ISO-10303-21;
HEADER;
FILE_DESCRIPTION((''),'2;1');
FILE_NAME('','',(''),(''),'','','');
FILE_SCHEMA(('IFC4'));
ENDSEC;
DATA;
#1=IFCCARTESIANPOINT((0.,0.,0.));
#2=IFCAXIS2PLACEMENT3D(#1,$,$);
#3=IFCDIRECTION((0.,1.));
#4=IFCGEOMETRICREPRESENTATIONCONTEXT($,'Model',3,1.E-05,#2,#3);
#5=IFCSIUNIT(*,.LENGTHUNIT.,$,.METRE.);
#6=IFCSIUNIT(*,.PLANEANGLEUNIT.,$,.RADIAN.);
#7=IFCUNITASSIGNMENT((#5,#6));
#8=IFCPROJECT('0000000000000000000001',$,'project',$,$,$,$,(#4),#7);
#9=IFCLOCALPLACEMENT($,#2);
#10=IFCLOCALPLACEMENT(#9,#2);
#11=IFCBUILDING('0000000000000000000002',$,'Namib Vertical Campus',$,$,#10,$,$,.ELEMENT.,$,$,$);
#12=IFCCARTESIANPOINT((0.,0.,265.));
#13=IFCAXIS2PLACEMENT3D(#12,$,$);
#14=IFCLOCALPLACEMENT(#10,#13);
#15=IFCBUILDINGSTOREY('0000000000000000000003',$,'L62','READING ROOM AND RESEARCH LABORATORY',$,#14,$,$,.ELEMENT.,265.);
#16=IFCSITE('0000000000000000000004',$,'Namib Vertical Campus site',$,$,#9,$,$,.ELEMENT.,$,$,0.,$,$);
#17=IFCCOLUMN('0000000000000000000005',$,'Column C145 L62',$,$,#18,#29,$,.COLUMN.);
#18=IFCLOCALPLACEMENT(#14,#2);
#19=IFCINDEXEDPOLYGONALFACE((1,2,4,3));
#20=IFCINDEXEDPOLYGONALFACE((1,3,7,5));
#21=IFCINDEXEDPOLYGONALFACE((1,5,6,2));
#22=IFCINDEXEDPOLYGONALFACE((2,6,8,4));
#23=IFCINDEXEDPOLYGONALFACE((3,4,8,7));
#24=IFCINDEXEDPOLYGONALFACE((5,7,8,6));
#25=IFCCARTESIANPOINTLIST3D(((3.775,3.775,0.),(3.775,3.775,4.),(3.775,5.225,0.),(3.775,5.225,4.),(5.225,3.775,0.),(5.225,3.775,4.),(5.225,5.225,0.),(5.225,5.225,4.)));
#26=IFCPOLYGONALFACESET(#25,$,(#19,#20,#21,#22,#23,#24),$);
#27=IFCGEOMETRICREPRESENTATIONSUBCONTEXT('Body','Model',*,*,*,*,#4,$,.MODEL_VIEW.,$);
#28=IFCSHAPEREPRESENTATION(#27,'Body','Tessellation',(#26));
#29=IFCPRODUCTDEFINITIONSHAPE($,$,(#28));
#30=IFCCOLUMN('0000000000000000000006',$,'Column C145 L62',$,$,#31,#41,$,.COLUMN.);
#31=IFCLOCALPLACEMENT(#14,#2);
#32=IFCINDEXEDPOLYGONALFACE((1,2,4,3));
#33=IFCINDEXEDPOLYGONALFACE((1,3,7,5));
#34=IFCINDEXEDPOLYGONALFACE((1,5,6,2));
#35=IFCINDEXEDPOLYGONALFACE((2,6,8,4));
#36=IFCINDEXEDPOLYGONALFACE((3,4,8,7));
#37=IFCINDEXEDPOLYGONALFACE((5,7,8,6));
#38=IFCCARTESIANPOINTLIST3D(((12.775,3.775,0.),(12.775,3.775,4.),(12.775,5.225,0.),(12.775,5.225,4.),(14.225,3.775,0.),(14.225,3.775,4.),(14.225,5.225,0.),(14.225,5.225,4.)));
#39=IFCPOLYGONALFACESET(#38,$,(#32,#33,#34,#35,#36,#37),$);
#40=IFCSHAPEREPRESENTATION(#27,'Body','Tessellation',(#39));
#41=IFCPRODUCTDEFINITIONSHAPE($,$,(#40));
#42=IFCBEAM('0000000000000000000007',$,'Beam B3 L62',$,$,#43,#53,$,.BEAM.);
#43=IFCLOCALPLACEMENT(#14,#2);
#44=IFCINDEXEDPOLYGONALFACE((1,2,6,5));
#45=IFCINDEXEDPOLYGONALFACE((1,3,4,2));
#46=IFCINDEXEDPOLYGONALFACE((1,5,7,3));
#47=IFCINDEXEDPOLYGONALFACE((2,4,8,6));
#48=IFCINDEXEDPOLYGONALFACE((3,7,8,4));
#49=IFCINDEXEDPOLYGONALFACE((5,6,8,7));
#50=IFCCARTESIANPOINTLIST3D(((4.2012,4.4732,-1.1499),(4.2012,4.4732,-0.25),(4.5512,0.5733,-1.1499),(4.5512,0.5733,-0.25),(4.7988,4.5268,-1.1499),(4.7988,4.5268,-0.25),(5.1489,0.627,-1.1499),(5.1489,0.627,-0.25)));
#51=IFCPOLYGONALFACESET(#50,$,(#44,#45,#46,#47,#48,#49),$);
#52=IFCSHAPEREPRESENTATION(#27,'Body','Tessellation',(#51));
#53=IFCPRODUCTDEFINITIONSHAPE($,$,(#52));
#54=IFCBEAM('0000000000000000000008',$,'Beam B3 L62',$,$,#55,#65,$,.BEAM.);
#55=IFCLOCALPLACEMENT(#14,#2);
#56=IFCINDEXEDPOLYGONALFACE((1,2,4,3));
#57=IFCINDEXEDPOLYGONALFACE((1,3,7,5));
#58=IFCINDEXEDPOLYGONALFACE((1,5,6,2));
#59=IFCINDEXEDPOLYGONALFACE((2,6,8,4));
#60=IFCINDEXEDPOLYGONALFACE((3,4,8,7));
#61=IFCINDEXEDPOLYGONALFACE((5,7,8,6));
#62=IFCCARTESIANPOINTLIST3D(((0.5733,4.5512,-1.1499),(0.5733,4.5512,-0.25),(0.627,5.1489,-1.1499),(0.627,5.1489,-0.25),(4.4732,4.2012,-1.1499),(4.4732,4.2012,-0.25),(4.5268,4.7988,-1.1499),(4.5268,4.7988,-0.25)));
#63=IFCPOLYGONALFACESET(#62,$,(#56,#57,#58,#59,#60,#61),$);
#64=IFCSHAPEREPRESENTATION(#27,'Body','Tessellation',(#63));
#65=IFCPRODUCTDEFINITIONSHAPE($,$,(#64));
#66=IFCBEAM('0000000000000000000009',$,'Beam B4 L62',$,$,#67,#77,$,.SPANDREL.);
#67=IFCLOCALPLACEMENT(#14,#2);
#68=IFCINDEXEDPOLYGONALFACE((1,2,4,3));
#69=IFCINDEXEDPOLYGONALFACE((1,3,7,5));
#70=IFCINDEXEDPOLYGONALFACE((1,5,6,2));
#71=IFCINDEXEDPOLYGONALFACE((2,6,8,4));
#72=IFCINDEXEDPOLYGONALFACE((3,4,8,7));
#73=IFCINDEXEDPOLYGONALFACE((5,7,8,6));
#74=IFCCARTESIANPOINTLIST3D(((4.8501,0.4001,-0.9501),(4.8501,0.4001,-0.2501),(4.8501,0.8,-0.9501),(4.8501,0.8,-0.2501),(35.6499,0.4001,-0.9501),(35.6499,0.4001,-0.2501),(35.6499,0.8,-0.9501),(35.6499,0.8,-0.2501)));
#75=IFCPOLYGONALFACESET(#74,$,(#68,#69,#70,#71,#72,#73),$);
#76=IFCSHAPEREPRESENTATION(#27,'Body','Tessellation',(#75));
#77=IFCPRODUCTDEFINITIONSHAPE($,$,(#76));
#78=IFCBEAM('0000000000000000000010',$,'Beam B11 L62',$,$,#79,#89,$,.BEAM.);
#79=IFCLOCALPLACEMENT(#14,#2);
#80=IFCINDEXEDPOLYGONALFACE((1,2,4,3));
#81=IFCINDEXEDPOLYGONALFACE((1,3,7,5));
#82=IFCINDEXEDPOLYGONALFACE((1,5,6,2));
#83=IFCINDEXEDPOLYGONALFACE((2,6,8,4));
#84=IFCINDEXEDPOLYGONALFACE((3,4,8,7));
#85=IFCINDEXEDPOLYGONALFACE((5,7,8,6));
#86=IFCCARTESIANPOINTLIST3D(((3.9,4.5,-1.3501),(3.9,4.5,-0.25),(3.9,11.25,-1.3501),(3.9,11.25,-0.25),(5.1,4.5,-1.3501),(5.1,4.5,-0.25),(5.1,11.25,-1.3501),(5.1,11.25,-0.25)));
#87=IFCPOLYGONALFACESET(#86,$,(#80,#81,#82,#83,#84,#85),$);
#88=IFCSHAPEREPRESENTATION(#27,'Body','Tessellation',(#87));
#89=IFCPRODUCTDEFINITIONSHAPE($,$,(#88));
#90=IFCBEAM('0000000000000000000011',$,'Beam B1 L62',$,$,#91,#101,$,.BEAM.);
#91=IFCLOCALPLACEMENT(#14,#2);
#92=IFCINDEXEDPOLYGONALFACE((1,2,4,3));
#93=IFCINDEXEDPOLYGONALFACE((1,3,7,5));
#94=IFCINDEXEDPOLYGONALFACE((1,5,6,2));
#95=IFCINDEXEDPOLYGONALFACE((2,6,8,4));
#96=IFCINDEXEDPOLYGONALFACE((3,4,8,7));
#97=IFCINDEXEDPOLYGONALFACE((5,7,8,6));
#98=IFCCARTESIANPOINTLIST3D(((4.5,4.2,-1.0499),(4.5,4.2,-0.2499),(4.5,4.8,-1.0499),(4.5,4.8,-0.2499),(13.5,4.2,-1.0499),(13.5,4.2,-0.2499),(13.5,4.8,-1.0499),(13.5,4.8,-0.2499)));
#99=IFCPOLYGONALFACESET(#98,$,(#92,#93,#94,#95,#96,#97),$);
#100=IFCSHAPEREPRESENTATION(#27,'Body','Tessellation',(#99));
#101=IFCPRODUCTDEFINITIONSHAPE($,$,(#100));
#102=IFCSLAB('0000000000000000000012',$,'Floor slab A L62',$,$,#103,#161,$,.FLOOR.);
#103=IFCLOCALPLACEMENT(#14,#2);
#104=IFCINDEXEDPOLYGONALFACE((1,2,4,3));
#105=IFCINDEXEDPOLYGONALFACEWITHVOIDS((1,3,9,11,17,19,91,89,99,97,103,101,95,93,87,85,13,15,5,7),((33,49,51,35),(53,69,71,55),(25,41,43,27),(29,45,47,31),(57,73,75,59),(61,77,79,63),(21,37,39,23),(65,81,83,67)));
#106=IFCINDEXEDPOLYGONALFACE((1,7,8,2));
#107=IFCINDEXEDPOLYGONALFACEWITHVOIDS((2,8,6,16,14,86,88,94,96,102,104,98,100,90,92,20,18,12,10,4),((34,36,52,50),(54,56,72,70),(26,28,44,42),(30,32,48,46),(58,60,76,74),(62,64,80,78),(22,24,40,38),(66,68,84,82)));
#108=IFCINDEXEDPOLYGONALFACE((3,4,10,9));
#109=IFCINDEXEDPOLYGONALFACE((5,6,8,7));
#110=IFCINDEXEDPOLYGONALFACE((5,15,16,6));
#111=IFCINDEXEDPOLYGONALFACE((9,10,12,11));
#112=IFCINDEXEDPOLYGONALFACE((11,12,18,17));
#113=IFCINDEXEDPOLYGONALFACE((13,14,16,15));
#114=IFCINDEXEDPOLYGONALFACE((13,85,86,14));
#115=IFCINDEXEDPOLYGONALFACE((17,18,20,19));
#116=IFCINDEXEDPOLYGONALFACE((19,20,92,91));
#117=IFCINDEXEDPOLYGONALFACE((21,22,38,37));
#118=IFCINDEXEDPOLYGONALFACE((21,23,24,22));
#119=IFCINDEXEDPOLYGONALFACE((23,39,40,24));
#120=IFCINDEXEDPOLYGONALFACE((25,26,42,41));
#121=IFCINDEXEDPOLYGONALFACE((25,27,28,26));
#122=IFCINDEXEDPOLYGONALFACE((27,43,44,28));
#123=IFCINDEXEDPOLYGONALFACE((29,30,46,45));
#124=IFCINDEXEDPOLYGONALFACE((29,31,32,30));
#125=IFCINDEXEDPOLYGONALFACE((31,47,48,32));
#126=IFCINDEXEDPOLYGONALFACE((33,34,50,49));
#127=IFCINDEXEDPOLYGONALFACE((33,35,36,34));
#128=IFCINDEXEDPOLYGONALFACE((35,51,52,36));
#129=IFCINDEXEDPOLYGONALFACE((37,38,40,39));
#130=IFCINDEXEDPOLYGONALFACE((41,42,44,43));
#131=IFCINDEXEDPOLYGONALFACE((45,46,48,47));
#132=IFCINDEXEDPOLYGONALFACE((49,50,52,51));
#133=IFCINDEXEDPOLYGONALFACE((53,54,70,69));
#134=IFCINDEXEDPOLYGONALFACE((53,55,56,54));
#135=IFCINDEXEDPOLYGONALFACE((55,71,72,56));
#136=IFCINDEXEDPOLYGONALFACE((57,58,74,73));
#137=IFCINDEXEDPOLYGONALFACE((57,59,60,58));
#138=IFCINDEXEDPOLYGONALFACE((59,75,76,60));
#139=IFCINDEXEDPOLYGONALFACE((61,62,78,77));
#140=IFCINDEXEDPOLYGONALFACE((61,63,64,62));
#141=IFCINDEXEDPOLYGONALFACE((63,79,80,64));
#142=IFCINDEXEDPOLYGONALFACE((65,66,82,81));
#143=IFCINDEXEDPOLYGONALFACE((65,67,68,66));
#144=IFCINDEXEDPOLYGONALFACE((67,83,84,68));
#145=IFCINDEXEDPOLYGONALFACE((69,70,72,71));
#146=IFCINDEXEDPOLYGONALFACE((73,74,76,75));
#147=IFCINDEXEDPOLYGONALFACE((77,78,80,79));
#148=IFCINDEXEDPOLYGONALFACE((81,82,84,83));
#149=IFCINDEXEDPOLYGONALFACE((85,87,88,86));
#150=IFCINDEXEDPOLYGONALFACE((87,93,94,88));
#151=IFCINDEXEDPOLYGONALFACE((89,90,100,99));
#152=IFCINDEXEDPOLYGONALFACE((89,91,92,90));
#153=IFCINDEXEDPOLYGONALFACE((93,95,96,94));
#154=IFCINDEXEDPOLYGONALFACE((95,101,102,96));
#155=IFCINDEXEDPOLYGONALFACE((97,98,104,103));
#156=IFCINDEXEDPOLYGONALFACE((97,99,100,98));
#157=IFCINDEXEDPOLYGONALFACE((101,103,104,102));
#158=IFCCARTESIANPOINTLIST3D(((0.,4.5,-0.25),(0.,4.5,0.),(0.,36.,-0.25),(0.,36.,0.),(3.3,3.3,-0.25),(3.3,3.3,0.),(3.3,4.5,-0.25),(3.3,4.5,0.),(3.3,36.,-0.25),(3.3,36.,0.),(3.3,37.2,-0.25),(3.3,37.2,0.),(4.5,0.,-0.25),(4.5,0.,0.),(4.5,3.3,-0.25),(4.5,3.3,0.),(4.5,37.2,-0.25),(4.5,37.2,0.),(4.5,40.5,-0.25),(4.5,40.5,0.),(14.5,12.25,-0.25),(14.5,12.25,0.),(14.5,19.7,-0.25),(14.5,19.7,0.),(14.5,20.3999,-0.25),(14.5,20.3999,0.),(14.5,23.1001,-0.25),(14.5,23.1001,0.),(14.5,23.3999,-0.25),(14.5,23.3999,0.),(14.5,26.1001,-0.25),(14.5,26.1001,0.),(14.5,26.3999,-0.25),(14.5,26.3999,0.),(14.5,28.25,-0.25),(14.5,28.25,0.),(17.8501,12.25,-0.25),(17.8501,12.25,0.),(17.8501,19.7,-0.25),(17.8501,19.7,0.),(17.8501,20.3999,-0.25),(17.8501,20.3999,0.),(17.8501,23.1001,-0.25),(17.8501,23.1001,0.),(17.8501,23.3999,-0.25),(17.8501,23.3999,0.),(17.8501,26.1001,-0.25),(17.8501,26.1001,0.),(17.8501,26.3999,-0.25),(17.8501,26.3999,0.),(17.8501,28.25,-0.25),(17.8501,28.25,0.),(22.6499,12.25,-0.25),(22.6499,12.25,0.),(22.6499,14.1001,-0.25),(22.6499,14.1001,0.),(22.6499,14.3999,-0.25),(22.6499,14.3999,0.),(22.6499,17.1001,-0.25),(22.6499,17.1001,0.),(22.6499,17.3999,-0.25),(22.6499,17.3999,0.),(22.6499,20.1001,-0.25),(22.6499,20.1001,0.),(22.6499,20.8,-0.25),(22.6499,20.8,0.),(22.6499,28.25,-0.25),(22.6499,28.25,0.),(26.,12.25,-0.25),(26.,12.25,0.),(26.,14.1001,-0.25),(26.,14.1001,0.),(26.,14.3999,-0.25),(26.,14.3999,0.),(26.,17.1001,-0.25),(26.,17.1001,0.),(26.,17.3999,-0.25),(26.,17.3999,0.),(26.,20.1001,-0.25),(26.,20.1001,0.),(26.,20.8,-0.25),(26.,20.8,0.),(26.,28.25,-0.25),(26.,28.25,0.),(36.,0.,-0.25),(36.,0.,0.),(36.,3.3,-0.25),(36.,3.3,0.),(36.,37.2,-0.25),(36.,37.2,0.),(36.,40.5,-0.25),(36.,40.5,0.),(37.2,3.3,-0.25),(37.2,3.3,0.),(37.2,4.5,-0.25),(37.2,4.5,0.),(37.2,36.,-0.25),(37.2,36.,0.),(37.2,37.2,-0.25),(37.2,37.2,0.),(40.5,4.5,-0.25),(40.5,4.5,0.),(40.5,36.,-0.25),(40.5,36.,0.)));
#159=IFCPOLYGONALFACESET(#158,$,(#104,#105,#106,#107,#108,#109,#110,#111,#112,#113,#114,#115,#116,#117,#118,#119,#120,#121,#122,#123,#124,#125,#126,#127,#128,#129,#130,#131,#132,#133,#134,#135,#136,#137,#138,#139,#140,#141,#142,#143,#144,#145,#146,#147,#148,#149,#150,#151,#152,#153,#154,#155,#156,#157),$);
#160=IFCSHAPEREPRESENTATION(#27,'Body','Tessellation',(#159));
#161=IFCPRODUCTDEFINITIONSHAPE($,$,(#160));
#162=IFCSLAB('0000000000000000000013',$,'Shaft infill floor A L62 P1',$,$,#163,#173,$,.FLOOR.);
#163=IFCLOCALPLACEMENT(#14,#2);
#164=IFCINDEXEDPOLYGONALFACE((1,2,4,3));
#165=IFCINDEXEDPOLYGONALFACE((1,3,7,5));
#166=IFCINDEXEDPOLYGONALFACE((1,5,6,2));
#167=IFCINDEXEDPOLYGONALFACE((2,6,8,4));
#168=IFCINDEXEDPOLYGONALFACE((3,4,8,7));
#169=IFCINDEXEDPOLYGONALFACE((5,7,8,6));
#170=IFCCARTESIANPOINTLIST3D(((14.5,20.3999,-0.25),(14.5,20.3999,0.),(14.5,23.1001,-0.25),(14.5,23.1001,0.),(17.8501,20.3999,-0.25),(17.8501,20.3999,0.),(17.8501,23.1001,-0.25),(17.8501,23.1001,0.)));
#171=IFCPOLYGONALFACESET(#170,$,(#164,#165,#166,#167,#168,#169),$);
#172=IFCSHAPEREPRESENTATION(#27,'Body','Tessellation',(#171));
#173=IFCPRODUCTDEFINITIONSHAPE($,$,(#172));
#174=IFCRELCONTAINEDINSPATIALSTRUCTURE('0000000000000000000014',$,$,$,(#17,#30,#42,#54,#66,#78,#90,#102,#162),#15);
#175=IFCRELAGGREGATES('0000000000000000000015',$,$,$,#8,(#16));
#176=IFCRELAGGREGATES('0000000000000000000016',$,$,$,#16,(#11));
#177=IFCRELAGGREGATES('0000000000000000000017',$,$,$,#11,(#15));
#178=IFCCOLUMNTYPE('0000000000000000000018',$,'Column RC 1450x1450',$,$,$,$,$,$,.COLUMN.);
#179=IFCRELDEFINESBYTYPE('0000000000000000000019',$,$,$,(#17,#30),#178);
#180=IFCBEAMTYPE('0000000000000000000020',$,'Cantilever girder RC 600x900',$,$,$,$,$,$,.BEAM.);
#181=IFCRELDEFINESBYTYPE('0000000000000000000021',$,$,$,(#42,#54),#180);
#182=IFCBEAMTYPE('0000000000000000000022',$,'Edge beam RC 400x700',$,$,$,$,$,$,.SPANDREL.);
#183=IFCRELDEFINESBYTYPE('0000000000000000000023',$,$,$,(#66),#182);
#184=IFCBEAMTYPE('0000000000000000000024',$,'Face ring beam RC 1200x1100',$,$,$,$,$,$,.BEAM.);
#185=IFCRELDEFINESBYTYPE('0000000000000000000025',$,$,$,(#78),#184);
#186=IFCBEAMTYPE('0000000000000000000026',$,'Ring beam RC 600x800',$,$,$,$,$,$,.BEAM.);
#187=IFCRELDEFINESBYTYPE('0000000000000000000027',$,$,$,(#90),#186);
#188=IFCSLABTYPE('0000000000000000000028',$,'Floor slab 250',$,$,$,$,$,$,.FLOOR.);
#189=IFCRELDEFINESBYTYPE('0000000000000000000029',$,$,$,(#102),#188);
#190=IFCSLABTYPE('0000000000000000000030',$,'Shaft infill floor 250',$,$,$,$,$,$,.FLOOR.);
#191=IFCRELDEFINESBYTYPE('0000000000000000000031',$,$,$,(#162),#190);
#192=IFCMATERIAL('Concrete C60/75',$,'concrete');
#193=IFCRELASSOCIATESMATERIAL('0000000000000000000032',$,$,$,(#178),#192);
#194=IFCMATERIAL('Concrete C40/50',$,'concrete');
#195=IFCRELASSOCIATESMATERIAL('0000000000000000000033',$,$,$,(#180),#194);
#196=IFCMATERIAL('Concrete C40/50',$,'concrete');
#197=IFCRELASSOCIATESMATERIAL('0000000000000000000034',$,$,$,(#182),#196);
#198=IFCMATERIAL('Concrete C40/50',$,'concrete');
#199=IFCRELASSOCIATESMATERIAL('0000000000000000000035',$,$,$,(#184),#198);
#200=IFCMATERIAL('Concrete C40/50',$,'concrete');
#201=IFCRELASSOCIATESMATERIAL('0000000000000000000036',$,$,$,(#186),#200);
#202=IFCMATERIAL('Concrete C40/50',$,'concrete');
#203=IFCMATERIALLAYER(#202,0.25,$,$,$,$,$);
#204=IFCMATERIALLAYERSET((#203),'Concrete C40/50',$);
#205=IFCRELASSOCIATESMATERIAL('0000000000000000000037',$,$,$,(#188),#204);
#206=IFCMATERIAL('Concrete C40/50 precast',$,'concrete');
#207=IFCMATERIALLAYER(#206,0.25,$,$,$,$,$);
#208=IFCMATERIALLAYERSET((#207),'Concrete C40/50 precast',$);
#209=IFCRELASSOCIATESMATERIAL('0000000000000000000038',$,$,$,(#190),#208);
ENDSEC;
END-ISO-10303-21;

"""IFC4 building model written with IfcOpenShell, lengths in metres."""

from ifc_helpers import new_model, si_unit, direction, frame, origin, origin_2d, place, context, subcontext, project, spatial, polyline, rectangle, outline, extrude, material, layer, layer_set, material_profile, profile_set, type_object, element, save


model = new_model("IFC4")

# Units and contexts
model_context = context("Model", 3, precision=1e-05, world=origin(), true_north=direction((0.0, 1.0)))
body_context = subcontext(model_context, "Body", "Model", "MODEL_VIEW")
ifc_project = project(units=[si_unit("LENGTHUNIT", "METRE"), si_unit("PLANEANGLEUNIT", "RADIAN")], contexts=[model_context])

# Site, building, storey
site_placement = place(None, origin())
site = spatial("IfcSite", under=ifc_project, at=site_placement, Name="Namib Vertical Campus site", CompositionType="ELEMENT", RefElevation=0.0)
building_placement = place(site_placement, origin())
building = spatial("IfcBuilding", under=site, at=building_placement, Name="Namib Vertical Campus", CompositionType="ELEMENT")
storey_placement = place(building_placement, frame((0.0, 0.0, 265.0)))
storey = spatial("IfcBuildingStorey", under=building, at=storey_placement, Name="L62", Description="READING ROOM AND RESEARCH LABORATORY", CompositionType="ELEMENT", Elevation=265.0)

# Columns
ifc_material_1 = material(Name="Concrete C60/75", Category="concrete")
ifc_material_profile_1 = material_profile(ifc_material_1, rectangle(XDim=1.45, YDim=1.45, at=origin_2d()))
ifc_profile_set_1 = profile_set([ifc_material_profile_1], Name="Concrete C60/75")
column_type = type_object("IfcColumnType", Name="Column RC 1450x1450", PredefinedType="COLUMN", material=ifc_profile_set_1)
for number, where, z_axis, x_axis, name in (
    (1, (4.5, 4.5, 0.0), (0.0, 0.0, 1.0), (1.0, 0.0, 0.0), "Column C145 L62"),
    (2, (13.5, 4.5, 0.0), (0.0, 0.0, 1.0), (1.0, 0.0, 0.0), "Column C145 L62"),
):
    element("IfcColumn", number, at=place(storey_placement, frame(where, z_axis=z_axis, x_axis=x_axis)), inside=storey, type_object=column_type, Name=name, PredefinedType="COLUMN", context=body_context, shape_type="SweptSolid", body=[
        extrude(rectangle(XDim=1.45, YDim=1.45, at=origin_2d()), origin(), (0.0, 0.0, 1.0), 4.0),
    ])

# Beams
ifc_material_2 = material(Name="Concrete C40/50", Category="concrete")
ifc_material_profile_2 = material_profile(ifc_material_2, rectangle(XDim=0.6001, YDim=0.8999, at=origin_2d()))
ifc_profile_set_2 = profile_set([ifc_material_profile_2], Name="Concrete C40/50")
beam_type_1 = type_object("IfcBeamType", Name="Cantilever girder RC 600x900", PredefinedType="BEAM", material=ifc_profile_set_2)
for number, where, z_axis, x_axis, name in (
    (3, (4.5, 4.5, -0.7), (0.089411, -0.995995, 0.0), (0.995995, 0.089411, 0.0), "Beam B3 L62"),
    (4, (4.5, 4.5, -0.7), (-0.995995, 0.089411, 0.0), (-0.089411, -0.995995, 0.0), "Beam B3 L62"),
):
    element("IfcBeam", number, at=place(storey_placement, frame(where, z_axis=z_axis, x_axis=x_axis)), inside=storey, type_object=beam_type_1, Name=name, PredefinedType="BEAM", context=body_context, shape_type="SweptSolid", body=[
        extrude(rectangle(XDim=0.6001, YDim=0.8999, at=origin_2d()), origin(), (0.0, 0.0, 1.0), 3.9155),
    ])
ifc_material_3 = material(Name="Concrete C40/50", Category="concrete")
ifc_material_profile_3 = material_profile(ifc_material_3, rectangle(XDim=0.3999, YDim=0.7, at=origin_2d()))
ifc_profile_set_3 = profile_set([ifc_material_profile_3], Name="Concrete C40/50")
beam_type_2 = type_object("IfcBeamType", Name="Edge beam RC 400x700", PredefinedType="SPANDREL", material=ifc_profile_set_3)
beam_1_placement = place(storey_placement, frame((4.8501, 0.6001, -0.6001), z_axis=(1.0, 0.0, 0.0), x_axis=(0.0, 1.0, 0.0)))
element("IfcBeam", 5, at=beam_1_placement, inside=storey, type_object=beam_type_2, Name="Beam B4 L62", PredefinedType="SPANDREL", context=body_context, shape_type="SweptSolid", body=[
    extrude(rectangle(XDim=0.3999, YDim=0.7, at=origin_2d()), origin(), (0.0, 0.0, 1.0), 30.7998),
])
ifc_material_4 = material(Name="Concrete C40/50", Category="concrete")
ifc_material_profile_4 = material_profile(ifc_material_4, rectangle(XDim=1.2, YDim=1.1001, at=origin_2d()))
ifc_profile_set_4 = profile_set([ifc_material_profile_4], Name="Concrete C40/50")
beam_type_3 = type_object("IfcBeamType", Name="Face ring beam RC 1200x1100", PredefinedType="BEAM", material=ifc_profile_set_4)
beam_2_placement = place(storey_placement, frame((4.5, 4.5, -0.8), z_axis=(0.0, 1.0, 0.0), x_axis=(-1.0, 0.0, 0.0)))
element("IfcBeam", 6, at=beam_2_placement, inside=storey, type_object=beam_type_3, Name="Beam B11 L62", PredefinedType="BEAM", context=body_context, shape_type="SweptSolid", body=[
    extrude(rectangle(XDim=1.2, YDim=1.1001, at=origin_2d()), origin(), (0.0, 0.0, 1.0), 6.75),
])
ifc_material_5 = material(Name="Concrete C40/50", Category="concrete")
ifc_material_profile_5 = material_profile(ifc_material_5, rectangle(XDim=0.6001, YDim=0.8, at=origin_2d()))
ifc_profile_set_5 = profile_set([ifc_material_profile_5], Name="Concrete C40/50")
beam_type_4 = type_object("IfcBeamType", Name="Ring beam RC 600x800", PredefinedType="BEAM", material=ifc_profile_set_5)
beam_3_placement = place(storey_placement, frame((4.5, 4.5, -0.6499), z_axis=(1.0, 0.0, 0.0), x_axis=(0.0, 1.0, 0.0)))
element("IfcBeam", 7, at=beam_3_placement, inside=storey, type_object=beam_type_4, Name="Beam B1 L62", PredefinedType="BEAM", context=body_context, shape_type="SweptSolid", body=[
    extrude(rectangle(XDim=0.6001, YDim=0.8, at=origin_2d()), origin(), (0.0, 0.0, 1.0), 9.0),
])

# Slabs
ifc_material_6 = material(Name="Concrete C40/50", Category="concrete")
ifc_layer_1 = layer(ifc_material_6, 0.25)
ifc_layer_set_1 = layer_set([ifc_layer_1], Name="Concrete C40/50")
slab_type_1 = type_object("IfcSlabType", Name="Floor slab 250", PredefinedType="FLOOR", material=ifc_layer_set_1)
slab_1_placement = place(storey_placement, frame((0.0, 0.0, -0.25)))
element("IfcSlab", 8, at=slab_1_placement, inside=storey, type_object=slab_type_1, Name="Floor slab A L62", PredefinedType="FLOOR", context=body_context, shape_type="SweptSolid", body=[
    extrude(outline(polyline([(4.5, 0.0), (36.0, 0.0), (36.0, 3.3), (37.2, 3.3), (37.2, 4.5), (40.5, 4.5), (40.5, 36.0), (37.2, 36.0), (37.2, 37.2), (36.0, 37.2), (36.0, 40.5), (4.5, 40.5), (4.5, 37.2), (3.3, 37.2), (3.3, 36.0), (0.0, 36.0), (0.0, 4.5), (3.3, 4.5), (3.3, 3.3), (4.5, 3.3), (4.5, 0.0)]), holes=[polyline([(14.5, 12.25), (17.8501, 12.25), (17.8501, 19.7), (14.5, 19.7), (14.5, 12.25)]), polyline([(22.6499, 20.8), (26.0, 20.8), (26.0, 28.25), (22.6499, 28.25), (22.6499, 20.8)]), polyline([(22.6499, 12.25), (26.0, 12.25), (26.0, 14.1001), (22.6499, 14.1001), (22.6499, 12.25)]), polyline([(14.5, 20.3999), (17.8501, 20.3999), (17.8501, 23.1001), (14.5, 23.1001), (14.5, 20.3999)]), polyline([(14.5, 23.3999), (17.8501, 23.3999), (17.8501, 26.1001), (14.5, 26.1001), (14.5, 23.3999)]), polyline([(14.5, 26.3999), (17.8501, 26.3999), (17.8501, 28.25), (14.5, 28.25), (14.5, 26.3999)]), polyline([(22.6499, 14.3999), (26.0, 14.3999), (26.0, 17.1001), (22.6499, 17.1001), (22.6499, 14.3999)]), polyline([(22.6499, 17.3999), (26.0, 17.3999), (26.0, 20.1001), (22.6499, 20.1001), (22.6499, 17.3999)])]), origin(), (0.0, 0.0, 1.0), 0.25),
])
ifc_material_7 = material(Name="Concrete C40/50 precast", Category="concrete")
ifc_layer_2 = layer(ifc_material_7, 0.25)
ifc_layer_set_2 = layer_set([ifc_layer_2], Name="Concrete C40/50 precast")
slab_type_2 = type_object("IfcSlabType", Name="Shaft infill floor 250", PredefinedType="FLOOR", material=ifc_layer_set_2)
slab_2_placement = place(storey_placement, frame((0.0, 0.0, -0.25)))
element("IfcSlab", 9, at=slab_2_placement, inside=storey, type_object=slab_type_2, Name="Shaft infill floor A L62 P1", PredefinedType="FLOOR", context=body_context, shape_type="SweptSolid", body=[
    extrude(outline(polyline([(14.5, 20.3999), (17.8501, 20.3999), (17.8501, 23.1001), (14.5, 23.1001), (14.5, 20.3999)])), origin(), (0.0, 0.0, 1.0), 0.25),
])

save(model, "model.ifc")
